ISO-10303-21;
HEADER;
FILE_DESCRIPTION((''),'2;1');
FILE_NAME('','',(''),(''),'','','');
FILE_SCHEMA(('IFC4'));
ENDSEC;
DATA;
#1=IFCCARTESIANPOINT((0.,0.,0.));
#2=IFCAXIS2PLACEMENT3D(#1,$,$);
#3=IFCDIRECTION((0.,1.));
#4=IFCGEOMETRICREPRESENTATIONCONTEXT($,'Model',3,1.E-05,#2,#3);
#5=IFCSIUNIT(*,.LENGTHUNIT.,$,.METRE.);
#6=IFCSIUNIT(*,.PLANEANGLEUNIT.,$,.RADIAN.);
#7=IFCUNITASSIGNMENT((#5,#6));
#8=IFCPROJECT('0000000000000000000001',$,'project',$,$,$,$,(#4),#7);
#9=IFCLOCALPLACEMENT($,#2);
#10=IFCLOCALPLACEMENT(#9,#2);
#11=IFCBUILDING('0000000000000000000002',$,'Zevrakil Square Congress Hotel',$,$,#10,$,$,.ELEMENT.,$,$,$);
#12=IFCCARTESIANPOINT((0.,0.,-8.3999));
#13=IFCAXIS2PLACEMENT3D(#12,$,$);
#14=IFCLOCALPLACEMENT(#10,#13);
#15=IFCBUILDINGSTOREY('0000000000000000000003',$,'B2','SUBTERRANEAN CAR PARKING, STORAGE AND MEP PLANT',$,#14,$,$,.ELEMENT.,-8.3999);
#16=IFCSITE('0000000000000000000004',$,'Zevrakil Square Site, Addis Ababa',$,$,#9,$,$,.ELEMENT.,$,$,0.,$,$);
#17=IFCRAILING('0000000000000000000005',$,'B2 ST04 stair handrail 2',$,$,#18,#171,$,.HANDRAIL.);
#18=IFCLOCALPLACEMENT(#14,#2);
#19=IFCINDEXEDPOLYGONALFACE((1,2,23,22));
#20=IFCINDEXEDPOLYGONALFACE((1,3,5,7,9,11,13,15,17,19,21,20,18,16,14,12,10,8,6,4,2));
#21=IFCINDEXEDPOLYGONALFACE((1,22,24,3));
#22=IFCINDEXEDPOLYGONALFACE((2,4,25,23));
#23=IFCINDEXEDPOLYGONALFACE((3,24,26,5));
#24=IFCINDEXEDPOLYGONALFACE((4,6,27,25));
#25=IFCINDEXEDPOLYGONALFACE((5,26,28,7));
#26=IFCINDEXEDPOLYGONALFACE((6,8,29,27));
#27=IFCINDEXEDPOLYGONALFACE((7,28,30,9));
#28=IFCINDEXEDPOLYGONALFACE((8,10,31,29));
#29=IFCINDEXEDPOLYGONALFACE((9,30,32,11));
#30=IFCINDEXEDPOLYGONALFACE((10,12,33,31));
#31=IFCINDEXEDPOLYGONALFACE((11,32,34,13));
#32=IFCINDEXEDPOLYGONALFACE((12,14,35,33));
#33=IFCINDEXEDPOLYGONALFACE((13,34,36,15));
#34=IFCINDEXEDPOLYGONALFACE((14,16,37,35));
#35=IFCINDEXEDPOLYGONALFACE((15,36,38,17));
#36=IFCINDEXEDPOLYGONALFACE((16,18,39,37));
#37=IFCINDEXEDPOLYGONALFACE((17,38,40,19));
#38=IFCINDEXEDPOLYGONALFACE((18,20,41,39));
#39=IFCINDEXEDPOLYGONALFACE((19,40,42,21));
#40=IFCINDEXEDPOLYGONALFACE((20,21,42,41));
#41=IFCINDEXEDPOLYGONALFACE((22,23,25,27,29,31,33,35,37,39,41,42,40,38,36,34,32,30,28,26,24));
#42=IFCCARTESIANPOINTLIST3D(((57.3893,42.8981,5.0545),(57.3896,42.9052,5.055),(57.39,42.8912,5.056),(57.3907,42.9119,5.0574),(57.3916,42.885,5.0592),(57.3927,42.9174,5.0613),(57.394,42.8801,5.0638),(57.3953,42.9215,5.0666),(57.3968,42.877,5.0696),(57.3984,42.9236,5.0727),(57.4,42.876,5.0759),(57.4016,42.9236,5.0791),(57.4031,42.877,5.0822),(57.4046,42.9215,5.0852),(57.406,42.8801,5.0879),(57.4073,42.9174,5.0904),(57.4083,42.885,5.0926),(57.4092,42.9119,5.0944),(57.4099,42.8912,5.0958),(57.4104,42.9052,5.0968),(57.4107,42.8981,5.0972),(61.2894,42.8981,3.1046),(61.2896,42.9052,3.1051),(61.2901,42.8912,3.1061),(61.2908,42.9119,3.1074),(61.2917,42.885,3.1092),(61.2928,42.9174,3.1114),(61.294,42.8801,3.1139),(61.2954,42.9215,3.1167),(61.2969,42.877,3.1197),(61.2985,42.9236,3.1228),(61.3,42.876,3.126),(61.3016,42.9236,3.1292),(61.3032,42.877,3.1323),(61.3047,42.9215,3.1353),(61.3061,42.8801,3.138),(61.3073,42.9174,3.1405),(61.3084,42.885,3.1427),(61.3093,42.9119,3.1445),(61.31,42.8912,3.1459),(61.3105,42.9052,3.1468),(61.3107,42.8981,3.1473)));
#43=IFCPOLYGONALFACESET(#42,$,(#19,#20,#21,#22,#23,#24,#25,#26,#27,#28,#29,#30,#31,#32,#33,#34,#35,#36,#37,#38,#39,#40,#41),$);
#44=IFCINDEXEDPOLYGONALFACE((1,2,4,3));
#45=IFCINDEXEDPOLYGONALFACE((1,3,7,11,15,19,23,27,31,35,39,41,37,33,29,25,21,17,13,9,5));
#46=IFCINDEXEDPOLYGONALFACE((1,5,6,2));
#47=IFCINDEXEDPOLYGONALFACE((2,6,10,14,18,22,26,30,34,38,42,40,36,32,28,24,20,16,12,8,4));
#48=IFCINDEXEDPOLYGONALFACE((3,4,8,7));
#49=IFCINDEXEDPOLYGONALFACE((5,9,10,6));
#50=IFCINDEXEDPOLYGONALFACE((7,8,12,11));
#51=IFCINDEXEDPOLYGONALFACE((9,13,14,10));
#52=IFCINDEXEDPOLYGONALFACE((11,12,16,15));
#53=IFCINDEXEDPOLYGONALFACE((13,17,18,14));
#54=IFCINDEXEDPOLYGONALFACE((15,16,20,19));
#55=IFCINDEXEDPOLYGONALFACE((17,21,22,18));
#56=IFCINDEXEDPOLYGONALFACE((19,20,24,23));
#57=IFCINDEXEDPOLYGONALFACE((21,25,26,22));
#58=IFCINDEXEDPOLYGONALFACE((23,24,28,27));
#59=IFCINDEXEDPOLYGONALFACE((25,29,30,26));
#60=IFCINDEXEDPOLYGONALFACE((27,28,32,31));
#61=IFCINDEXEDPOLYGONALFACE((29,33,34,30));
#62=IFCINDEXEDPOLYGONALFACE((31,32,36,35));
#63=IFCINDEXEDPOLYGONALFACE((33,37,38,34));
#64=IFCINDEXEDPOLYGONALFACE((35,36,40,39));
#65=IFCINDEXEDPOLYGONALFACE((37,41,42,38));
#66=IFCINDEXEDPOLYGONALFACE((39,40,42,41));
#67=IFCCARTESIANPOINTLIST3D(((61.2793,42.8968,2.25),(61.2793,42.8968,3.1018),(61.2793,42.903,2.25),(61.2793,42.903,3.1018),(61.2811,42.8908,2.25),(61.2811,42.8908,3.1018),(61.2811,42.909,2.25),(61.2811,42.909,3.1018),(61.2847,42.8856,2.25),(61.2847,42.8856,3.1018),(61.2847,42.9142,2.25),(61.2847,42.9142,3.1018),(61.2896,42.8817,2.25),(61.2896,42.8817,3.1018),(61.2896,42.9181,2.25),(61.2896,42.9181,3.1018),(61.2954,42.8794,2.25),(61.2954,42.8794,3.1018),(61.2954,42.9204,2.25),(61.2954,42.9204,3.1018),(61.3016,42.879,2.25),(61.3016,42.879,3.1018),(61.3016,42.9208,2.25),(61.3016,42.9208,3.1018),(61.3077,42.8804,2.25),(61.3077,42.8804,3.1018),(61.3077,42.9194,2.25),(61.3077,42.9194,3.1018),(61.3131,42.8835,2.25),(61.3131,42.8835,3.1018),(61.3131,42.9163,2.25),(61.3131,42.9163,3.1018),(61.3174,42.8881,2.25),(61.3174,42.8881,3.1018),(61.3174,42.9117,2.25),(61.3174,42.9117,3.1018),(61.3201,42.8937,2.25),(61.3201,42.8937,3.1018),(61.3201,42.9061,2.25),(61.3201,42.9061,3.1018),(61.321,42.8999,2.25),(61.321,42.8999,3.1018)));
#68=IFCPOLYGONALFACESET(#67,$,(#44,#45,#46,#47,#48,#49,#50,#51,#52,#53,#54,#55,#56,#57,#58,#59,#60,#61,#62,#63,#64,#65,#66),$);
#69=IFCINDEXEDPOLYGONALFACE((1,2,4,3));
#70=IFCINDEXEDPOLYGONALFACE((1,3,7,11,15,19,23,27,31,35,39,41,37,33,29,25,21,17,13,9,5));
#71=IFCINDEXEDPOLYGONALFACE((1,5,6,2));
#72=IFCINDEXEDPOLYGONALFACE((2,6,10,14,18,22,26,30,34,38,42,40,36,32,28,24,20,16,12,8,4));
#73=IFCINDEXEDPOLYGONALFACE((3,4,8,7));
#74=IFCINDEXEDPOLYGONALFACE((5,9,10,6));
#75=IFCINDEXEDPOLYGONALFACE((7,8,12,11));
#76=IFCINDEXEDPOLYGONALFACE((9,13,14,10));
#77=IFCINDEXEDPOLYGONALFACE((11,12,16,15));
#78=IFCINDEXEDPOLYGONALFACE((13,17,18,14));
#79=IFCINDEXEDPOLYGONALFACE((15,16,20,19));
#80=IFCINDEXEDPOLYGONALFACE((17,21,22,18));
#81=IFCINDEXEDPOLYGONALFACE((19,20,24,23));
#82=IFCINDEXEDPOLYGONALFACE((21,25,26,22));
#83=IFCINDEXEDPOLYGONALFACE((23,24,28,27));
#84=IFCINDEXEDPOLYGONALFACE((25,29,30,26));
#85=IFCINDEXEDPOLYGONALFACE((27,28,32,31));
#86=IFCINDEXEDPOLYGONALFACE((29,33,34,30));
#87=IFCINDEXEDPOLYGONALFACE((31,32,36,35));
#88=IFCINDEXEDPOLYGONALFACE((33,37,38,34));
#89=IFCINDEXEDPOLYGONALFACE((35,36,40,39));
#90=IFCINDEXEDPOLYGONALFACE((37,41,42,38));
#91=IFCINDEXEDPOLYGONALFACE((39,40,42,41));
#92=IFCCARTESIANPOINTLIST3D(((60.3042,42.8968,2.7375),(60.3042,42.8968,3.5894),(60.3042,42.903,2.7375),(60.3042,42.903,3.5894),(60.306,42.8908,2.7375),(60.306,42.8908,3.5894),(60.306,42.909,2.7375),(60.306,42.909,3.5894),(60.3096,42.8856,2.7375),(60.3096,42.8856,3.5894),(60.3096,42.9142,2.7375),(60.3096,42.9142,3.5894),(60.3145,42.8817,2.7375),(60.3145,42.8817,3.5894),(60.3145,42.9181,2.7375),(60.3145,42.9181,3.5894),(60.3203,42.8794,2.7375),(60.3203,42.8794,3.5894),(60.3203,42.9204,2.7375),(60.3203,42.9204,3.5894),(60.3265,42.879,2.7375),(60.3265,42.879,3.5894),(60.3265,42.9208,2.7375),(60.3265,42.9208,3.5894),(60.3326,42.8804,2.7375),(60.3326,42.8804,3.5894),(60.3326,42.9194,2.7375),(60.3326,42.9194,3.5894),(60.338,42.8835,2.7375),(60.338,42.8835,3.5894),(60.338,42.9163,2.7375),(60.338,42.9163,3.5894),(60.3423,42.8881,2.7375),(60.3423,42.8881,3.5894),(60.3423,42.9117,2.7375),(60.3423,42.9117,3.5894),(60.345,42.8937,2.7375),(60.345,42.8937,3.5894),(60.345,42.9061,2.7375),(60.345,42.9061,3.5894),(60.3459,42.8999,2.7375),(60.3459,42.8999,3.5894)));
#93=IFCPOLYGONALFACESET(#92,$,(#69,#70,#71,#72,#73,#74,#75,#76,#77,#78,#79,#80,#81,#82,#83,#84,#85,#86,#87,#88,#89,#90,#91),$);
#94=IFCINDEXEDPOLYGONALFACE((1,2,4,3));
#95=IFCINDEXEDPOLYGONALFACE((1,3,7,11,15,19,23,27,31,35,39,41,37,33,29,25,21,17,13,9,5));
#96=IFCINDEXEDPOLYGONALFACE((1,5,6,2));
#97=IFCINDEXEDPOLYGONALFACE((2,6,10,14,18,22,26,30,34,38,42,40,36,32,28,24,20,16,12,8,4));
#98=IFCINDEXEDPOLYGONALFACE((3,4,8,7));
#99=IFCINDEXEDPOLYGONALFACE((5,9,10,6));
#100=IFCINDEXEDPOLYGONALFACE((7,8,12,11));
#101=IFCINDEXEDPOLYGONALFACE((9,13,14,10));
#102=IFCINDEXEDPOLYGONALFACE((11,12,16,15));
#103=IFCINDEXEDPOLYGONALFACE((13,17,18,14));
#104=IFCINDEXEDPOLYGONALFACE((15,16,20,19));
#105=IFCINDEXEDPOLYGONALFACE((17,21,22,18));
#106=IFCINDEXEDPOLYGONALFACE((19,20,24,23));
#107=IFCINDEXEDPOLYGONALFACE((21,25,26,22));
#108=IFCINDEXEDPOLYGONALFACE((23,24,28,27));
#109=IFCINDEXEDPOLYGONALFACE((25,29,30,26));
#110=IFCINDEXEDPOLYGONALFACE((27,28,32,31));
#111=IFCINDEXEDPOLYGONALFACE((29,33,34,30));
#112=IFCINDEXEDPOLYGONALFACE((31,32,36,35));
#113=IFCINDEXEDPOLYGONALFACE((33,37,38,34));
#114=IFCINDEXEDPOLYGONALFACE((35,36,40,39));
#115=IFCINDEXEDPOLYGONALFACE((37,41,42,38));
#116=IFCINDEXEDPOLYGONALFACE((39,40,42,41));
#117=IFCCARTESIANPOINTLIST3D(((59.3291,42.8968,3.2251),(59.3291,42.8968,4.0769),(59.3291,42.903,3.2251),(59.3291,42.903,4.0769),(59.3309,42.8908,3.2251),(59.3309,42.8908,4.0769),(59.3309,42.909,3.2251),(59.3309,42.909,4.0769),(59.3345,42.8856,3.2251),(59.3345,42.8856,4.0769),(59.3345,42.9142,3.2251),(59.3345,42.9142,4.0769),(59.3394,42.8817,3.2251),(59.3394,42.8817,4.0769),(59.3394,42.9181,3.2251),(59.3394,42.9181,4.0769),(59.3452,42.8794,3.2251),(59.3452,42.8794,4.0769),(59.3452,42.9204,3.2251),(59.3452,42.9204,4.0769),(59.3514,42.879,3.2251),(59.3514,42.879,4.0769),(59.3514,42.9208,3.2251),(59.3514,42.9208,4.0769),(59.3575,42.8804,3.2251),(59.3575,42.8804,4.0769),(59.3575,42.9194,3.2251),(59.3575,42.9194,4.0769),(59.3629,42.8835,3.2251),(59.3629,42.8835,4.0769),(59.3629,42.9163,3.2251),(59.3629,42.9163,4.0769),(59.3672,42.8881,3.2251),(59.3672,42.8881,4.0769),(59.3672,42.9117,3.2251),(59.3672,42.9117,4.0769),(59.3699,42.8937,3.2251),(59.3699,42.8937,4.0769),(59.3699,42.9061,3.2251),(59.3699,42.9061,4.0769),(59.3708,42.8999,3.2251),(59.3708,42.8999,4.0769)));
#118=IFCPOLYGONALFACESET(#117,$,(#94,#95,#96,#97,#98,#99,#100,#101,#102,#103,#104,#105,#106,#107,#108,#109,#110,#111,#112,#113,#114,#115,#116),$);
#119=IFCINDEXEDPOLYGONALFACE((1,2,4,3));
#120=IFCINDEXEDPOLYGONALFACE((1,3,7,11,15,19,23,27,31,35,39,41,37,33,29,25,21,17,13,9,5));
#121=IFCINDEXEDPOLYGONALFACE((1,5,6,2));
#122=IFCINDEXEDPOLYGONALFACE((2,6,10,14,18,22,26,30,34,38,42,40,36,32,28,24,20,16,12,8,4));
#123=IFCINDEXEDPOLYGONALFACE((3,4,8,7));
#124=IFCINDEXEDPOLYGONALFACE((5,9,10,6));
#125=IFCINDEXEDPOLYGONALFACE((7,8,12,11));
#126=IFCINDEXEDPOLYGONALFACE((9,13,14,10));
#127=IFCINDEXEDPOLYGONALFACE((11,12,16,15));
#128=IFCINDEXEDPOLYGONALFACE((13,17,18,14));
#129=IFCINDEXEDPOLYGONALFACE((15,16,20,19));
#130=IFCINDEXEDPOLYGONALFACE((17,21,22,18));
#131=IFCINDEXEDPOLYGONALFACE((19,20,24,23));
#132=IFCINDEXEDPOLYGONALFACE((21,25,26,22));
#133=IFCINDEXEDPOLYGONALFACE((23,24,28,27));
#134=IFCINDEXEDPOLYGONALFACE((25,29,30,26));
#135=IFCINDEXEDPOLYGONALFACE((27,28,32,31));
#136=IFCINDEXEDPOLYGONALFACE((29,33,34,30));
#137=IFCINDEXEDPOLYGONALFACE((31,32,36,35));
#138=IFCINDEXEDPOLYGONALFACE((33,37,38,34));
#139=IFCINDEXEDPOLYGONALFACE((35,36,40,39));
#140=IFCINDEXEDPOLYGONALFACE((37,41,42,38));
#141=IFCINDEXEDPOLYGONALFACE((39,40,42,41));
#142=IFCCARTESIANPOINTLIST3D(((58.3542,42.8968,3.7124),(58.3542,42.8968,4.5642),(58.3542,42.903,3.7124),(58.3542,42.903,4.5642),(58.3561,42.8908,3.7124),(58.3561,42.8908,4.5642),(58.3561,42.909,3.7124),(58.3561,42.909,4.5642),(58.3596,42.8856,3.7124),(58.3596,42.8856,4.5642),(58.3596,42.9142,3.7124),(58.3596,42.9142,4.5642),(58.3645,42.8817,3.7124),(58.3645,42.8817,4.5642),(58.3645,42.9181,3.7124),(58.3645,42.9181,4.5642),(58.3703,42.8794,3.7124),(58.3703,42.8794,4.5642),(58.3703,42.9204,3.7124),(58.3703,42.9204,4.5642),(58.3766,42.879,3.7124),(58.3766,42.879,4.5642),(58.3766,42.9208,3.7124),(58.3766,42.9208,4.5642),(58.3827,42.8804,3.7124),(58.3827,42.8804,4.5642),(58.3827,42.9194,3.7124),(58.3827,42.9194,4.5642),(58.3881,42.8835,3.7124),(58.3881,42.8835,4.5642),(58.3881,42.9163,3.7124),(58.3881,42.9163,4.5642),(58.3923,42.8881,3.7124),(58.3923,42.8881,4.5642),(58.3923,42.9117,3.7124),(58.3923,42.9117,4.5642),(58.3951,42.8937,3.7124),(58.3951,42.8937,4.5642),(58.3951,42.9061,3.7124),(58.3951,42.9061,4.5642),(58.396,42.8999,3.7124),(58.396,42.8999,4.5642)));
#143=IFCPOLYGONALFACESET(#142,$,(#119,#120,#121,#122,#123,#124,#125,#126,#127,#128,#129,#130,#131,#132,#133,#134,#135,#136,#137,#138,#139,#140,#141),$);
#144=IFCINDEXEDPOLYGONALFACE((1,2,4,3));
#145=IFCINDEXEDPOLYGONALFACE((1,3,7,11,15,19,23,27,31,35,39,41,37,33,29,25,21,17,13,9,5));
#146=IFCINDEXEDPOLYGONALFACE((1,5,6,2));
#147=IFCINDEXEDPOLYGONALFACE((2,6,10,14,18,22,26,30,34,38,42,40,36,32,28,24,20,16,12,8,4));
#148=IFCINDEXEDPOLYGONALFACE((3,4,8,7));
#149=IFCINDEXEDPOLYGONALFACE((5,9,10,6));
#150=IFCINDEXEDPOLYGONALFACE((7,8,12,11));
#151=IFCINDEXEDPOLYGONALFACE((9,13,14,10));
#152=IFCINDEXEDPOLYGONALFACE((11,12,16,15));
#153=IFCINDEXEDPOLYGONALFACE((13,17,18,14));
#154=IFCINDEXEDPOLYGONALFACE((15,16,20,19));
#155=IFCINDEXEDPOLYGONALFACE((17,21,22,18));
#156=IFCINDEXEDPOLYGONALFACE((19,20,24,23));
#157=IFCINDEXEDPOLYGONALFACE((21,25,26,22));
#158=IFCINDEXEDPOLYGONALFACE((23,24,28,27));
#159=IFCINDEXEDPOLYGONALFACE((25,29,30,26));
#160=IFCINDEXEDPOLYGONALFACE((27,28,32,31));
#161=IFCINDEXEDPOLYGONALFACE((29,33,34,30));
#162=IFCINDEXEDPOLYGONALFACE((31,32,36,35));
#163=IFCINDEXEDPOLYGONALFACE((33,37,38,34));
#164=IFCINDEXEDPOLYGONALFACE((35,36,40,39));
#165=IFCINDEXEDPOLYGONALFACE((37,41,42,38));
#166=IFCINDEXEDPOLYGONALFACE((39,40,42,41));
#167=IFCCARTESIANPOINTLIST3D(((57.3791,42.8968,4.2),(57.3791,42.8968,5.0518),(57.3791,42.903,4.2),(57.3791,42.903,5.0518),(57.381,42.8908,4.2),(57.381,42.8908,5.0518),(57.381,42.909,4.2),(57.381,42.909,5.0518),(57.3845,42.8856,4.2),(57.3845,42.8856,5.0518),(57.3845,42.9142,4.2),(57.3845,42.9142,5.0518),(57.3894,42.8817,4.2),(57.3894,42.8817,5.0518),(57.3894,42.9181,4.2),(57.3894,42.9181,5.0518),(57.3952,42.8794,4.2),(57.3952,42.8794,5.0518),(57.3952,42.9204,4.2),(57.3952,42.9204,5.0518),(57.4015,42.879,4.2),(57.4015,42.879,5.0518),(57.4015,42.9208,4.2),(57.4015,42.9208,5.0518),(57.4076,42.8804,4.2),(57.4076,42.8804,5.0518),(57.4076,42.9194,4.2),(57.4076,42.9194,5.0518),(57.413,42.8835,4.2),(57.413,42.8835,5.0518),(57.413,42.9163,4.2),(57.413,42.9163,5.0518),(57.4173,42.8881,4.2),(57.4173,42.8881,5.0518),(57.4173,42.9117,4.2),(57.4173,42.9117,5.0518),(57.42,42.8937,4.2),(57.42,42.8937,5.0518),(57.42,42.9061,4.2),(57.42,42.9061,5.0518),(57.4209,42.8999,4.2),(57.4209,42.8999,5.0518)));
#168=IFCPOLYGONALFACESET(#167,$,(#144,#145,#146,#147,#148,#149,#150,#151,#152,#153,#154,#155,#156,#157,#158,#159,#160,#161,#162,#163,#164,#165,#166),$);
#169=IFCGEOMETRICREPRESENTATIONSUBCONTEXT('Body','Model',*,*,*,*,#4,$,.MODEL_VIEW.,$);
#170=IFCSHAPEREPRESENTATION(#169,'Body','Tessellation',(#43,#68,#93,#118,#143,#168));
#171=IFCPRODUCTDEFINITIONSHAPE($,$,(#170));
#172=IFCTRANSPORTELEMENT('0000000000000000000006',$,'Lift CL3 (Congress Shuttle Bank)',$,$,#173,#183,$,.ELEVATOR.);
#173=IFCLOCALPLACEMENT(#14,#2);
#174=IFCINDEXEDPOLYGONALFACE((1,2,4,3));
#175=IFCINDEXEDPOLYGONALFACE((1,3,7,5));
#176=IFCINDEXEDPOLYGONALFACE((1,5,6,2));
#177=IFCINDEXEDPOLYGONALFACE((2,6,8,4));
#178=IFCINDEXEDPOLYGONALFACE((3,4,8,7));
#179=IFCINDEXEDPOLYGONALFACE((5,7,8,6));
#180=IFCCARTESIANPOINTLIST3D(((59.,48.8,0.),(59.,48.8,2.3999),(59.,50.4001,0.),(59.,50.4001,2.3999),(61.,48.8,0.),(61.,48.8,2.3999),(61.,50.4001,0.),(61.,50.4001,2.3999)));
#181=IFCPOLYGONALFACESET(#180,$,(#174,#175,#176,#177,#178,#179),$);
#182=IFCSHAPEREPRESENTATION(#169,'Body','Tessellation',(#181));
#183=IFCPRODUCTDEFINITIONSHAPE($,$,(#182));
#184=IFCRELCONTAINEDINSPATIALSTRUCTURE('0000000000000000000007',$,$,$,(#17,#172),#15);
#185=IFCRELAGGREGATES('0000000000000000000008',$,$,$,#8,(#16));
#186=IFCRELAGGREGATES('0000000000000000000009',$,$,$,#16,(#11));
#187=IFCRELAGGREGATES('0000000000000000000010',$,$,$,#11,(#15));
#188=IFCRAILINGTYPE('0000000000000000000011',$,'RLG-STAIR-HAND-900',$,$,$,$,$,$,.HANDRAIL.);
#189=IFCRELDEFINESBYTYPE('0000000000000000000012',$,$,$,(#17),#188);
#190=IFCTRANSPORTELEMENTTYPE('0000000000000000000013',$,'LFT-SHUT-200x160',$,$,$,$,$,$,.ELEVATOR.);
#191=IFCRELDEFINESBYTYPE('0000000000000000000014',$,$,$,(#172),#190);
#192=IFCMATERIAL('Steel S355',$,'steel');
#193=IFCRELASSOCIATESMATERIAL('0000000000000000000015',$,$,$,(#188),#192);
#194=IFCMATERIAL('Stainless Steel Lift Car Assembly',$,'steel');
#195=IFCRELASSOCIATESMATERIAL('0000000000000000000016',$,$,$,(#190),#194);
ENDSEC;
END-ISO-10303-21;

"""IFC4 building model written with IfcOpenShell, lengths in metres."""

from ifc_helpers import new_model, si_unit, direction, frame, origin, origin_2d, place, context, subcontext, project, spatial, rectangle, circle, extrude, material, type_object, element, save


model = new_model("IFC4")

# Units and contexts
model_context = context("Model", 3, precision=1e-05, world=origin(), true_north=direction((0.0, 1.0)))
body_context = subcontext(model_context, "Body", "Model", "MODEL_VIEW")
ifc_project = project(units=[si_unit("LENGTHUNIT", "METRE"), si_unit("PLANEANGLEUNIT", "RADIAN")], contexts=[model_context])

# Site, building, storey
site_placement = place(None, origin())
site = spatial("IfcSite", under=ifc_project, at=site_placement, Name="Zevrakil Square Site, Addis Ababa", CompositionType="ELEMENT", RefElevation=0.0)
building_placement = place(site_placement, origin())
building = spatial("IfcBuilding", under=site, at=building_placement, Name="Zevrakil Square Congress Hotel", CompositionType="ELEMENT")
storey_placement = place(building_placement, frame((0.0, 0.0, -8.3999)))
storey = spatial("IfcBuildingStorey", under=building, at=storey_placement, Name="B2", Description="SUBTERRANEAN CAR PARKING, STORAGE AND MEP PLANT", CompositionType="ELEMENT", Elevation=-8.3999)

# Railing
ifc_material_1 = material(Name="Steel S355", Category="steel")
railing_type_1 = type_object("IfcRailingType", Name="RLG-STAIR-HAND-900", PredefinedType="HANDRAIL", material=ifc_material_1)
railing_1_placement = place(storey_placement, frame((61.3, 42.8999, 2.25)))
element("IfcRailing", 1, at=railing_1_placement, inside=storey, type_object=railing_type_1, Name="B2 ST04 stair handrail 2", PredefinedType="HANDRAIL", context=body_context, shape_type="SweptSolid", body=[
    extrude(circle(Radius=0.0239, at=origin_2d()), frame((0.0, 0.0, 0.876), z_axis=(-0.894438, 0.0, 0.447191), x_axis=(0.0, -1.0, 0.0)), (0.0, 0.0, 1.0), 4.3604),
    extrude(circle(Radius=0.021, at=origin_2d()), origin(), (0.0, 0.0, 1.0), 0.8518),
    extrude(circle(Radius=0.021, at=origin_2d()), frame((-0.9751, 0.0, 0.4875)), (0.0, 0.0, 1.0), 0.8518),
    extrude(circle(Radius=0.021, at=origin_2d()), frame((-1.9502, 0.0, 0.9751)), (0.0, 0.0, 1.0), 0.8518),
    extrude(circle(Radius=0.021, at=origin_2d()), frame((-2.925, 0.0, 1.4624)), (0.0, 0.0, 1.0), 0.8518),
    extrude(circle(Radius=0.021, at=origin_2d()), frame((-3.9001, 0.0, 1.95)), (0.0, 0.0, 1.0), 0.8518),
])

# Transport element
ifc_material_2 = material(Name="Stainless Steel Lift Car Assembly", Category="steel")
transport_element_type = type_object("IfcTransportElementType", Name="LFT-SHUT-200x160", PredefinedType="ELEVATOR", material=ifc_material_2)
transport_element_placement = place(storey_placement, frame((60.0, 49.6001, 0.0), z_axis=(0.0, 0.0, 1.0), x_axis=(1.0, 0.0, 0.0)))
element("IfcTransportElement", 2, at=transport_element_placement, inside=storey, type_object=transport_element_type, Name="Lift CL3 (Congress Shuttle Bank)", PredefinedType="ELEVATOR", context=body_context, shape_type="SweptSolid", body=[
    extrude(rectangle(XDim=2.0, YDim=1.6001, at=origin_2d()), origin(), (0.0, 0.0, 1.0), 2.3999),
])

save(model, "model.ifc")
